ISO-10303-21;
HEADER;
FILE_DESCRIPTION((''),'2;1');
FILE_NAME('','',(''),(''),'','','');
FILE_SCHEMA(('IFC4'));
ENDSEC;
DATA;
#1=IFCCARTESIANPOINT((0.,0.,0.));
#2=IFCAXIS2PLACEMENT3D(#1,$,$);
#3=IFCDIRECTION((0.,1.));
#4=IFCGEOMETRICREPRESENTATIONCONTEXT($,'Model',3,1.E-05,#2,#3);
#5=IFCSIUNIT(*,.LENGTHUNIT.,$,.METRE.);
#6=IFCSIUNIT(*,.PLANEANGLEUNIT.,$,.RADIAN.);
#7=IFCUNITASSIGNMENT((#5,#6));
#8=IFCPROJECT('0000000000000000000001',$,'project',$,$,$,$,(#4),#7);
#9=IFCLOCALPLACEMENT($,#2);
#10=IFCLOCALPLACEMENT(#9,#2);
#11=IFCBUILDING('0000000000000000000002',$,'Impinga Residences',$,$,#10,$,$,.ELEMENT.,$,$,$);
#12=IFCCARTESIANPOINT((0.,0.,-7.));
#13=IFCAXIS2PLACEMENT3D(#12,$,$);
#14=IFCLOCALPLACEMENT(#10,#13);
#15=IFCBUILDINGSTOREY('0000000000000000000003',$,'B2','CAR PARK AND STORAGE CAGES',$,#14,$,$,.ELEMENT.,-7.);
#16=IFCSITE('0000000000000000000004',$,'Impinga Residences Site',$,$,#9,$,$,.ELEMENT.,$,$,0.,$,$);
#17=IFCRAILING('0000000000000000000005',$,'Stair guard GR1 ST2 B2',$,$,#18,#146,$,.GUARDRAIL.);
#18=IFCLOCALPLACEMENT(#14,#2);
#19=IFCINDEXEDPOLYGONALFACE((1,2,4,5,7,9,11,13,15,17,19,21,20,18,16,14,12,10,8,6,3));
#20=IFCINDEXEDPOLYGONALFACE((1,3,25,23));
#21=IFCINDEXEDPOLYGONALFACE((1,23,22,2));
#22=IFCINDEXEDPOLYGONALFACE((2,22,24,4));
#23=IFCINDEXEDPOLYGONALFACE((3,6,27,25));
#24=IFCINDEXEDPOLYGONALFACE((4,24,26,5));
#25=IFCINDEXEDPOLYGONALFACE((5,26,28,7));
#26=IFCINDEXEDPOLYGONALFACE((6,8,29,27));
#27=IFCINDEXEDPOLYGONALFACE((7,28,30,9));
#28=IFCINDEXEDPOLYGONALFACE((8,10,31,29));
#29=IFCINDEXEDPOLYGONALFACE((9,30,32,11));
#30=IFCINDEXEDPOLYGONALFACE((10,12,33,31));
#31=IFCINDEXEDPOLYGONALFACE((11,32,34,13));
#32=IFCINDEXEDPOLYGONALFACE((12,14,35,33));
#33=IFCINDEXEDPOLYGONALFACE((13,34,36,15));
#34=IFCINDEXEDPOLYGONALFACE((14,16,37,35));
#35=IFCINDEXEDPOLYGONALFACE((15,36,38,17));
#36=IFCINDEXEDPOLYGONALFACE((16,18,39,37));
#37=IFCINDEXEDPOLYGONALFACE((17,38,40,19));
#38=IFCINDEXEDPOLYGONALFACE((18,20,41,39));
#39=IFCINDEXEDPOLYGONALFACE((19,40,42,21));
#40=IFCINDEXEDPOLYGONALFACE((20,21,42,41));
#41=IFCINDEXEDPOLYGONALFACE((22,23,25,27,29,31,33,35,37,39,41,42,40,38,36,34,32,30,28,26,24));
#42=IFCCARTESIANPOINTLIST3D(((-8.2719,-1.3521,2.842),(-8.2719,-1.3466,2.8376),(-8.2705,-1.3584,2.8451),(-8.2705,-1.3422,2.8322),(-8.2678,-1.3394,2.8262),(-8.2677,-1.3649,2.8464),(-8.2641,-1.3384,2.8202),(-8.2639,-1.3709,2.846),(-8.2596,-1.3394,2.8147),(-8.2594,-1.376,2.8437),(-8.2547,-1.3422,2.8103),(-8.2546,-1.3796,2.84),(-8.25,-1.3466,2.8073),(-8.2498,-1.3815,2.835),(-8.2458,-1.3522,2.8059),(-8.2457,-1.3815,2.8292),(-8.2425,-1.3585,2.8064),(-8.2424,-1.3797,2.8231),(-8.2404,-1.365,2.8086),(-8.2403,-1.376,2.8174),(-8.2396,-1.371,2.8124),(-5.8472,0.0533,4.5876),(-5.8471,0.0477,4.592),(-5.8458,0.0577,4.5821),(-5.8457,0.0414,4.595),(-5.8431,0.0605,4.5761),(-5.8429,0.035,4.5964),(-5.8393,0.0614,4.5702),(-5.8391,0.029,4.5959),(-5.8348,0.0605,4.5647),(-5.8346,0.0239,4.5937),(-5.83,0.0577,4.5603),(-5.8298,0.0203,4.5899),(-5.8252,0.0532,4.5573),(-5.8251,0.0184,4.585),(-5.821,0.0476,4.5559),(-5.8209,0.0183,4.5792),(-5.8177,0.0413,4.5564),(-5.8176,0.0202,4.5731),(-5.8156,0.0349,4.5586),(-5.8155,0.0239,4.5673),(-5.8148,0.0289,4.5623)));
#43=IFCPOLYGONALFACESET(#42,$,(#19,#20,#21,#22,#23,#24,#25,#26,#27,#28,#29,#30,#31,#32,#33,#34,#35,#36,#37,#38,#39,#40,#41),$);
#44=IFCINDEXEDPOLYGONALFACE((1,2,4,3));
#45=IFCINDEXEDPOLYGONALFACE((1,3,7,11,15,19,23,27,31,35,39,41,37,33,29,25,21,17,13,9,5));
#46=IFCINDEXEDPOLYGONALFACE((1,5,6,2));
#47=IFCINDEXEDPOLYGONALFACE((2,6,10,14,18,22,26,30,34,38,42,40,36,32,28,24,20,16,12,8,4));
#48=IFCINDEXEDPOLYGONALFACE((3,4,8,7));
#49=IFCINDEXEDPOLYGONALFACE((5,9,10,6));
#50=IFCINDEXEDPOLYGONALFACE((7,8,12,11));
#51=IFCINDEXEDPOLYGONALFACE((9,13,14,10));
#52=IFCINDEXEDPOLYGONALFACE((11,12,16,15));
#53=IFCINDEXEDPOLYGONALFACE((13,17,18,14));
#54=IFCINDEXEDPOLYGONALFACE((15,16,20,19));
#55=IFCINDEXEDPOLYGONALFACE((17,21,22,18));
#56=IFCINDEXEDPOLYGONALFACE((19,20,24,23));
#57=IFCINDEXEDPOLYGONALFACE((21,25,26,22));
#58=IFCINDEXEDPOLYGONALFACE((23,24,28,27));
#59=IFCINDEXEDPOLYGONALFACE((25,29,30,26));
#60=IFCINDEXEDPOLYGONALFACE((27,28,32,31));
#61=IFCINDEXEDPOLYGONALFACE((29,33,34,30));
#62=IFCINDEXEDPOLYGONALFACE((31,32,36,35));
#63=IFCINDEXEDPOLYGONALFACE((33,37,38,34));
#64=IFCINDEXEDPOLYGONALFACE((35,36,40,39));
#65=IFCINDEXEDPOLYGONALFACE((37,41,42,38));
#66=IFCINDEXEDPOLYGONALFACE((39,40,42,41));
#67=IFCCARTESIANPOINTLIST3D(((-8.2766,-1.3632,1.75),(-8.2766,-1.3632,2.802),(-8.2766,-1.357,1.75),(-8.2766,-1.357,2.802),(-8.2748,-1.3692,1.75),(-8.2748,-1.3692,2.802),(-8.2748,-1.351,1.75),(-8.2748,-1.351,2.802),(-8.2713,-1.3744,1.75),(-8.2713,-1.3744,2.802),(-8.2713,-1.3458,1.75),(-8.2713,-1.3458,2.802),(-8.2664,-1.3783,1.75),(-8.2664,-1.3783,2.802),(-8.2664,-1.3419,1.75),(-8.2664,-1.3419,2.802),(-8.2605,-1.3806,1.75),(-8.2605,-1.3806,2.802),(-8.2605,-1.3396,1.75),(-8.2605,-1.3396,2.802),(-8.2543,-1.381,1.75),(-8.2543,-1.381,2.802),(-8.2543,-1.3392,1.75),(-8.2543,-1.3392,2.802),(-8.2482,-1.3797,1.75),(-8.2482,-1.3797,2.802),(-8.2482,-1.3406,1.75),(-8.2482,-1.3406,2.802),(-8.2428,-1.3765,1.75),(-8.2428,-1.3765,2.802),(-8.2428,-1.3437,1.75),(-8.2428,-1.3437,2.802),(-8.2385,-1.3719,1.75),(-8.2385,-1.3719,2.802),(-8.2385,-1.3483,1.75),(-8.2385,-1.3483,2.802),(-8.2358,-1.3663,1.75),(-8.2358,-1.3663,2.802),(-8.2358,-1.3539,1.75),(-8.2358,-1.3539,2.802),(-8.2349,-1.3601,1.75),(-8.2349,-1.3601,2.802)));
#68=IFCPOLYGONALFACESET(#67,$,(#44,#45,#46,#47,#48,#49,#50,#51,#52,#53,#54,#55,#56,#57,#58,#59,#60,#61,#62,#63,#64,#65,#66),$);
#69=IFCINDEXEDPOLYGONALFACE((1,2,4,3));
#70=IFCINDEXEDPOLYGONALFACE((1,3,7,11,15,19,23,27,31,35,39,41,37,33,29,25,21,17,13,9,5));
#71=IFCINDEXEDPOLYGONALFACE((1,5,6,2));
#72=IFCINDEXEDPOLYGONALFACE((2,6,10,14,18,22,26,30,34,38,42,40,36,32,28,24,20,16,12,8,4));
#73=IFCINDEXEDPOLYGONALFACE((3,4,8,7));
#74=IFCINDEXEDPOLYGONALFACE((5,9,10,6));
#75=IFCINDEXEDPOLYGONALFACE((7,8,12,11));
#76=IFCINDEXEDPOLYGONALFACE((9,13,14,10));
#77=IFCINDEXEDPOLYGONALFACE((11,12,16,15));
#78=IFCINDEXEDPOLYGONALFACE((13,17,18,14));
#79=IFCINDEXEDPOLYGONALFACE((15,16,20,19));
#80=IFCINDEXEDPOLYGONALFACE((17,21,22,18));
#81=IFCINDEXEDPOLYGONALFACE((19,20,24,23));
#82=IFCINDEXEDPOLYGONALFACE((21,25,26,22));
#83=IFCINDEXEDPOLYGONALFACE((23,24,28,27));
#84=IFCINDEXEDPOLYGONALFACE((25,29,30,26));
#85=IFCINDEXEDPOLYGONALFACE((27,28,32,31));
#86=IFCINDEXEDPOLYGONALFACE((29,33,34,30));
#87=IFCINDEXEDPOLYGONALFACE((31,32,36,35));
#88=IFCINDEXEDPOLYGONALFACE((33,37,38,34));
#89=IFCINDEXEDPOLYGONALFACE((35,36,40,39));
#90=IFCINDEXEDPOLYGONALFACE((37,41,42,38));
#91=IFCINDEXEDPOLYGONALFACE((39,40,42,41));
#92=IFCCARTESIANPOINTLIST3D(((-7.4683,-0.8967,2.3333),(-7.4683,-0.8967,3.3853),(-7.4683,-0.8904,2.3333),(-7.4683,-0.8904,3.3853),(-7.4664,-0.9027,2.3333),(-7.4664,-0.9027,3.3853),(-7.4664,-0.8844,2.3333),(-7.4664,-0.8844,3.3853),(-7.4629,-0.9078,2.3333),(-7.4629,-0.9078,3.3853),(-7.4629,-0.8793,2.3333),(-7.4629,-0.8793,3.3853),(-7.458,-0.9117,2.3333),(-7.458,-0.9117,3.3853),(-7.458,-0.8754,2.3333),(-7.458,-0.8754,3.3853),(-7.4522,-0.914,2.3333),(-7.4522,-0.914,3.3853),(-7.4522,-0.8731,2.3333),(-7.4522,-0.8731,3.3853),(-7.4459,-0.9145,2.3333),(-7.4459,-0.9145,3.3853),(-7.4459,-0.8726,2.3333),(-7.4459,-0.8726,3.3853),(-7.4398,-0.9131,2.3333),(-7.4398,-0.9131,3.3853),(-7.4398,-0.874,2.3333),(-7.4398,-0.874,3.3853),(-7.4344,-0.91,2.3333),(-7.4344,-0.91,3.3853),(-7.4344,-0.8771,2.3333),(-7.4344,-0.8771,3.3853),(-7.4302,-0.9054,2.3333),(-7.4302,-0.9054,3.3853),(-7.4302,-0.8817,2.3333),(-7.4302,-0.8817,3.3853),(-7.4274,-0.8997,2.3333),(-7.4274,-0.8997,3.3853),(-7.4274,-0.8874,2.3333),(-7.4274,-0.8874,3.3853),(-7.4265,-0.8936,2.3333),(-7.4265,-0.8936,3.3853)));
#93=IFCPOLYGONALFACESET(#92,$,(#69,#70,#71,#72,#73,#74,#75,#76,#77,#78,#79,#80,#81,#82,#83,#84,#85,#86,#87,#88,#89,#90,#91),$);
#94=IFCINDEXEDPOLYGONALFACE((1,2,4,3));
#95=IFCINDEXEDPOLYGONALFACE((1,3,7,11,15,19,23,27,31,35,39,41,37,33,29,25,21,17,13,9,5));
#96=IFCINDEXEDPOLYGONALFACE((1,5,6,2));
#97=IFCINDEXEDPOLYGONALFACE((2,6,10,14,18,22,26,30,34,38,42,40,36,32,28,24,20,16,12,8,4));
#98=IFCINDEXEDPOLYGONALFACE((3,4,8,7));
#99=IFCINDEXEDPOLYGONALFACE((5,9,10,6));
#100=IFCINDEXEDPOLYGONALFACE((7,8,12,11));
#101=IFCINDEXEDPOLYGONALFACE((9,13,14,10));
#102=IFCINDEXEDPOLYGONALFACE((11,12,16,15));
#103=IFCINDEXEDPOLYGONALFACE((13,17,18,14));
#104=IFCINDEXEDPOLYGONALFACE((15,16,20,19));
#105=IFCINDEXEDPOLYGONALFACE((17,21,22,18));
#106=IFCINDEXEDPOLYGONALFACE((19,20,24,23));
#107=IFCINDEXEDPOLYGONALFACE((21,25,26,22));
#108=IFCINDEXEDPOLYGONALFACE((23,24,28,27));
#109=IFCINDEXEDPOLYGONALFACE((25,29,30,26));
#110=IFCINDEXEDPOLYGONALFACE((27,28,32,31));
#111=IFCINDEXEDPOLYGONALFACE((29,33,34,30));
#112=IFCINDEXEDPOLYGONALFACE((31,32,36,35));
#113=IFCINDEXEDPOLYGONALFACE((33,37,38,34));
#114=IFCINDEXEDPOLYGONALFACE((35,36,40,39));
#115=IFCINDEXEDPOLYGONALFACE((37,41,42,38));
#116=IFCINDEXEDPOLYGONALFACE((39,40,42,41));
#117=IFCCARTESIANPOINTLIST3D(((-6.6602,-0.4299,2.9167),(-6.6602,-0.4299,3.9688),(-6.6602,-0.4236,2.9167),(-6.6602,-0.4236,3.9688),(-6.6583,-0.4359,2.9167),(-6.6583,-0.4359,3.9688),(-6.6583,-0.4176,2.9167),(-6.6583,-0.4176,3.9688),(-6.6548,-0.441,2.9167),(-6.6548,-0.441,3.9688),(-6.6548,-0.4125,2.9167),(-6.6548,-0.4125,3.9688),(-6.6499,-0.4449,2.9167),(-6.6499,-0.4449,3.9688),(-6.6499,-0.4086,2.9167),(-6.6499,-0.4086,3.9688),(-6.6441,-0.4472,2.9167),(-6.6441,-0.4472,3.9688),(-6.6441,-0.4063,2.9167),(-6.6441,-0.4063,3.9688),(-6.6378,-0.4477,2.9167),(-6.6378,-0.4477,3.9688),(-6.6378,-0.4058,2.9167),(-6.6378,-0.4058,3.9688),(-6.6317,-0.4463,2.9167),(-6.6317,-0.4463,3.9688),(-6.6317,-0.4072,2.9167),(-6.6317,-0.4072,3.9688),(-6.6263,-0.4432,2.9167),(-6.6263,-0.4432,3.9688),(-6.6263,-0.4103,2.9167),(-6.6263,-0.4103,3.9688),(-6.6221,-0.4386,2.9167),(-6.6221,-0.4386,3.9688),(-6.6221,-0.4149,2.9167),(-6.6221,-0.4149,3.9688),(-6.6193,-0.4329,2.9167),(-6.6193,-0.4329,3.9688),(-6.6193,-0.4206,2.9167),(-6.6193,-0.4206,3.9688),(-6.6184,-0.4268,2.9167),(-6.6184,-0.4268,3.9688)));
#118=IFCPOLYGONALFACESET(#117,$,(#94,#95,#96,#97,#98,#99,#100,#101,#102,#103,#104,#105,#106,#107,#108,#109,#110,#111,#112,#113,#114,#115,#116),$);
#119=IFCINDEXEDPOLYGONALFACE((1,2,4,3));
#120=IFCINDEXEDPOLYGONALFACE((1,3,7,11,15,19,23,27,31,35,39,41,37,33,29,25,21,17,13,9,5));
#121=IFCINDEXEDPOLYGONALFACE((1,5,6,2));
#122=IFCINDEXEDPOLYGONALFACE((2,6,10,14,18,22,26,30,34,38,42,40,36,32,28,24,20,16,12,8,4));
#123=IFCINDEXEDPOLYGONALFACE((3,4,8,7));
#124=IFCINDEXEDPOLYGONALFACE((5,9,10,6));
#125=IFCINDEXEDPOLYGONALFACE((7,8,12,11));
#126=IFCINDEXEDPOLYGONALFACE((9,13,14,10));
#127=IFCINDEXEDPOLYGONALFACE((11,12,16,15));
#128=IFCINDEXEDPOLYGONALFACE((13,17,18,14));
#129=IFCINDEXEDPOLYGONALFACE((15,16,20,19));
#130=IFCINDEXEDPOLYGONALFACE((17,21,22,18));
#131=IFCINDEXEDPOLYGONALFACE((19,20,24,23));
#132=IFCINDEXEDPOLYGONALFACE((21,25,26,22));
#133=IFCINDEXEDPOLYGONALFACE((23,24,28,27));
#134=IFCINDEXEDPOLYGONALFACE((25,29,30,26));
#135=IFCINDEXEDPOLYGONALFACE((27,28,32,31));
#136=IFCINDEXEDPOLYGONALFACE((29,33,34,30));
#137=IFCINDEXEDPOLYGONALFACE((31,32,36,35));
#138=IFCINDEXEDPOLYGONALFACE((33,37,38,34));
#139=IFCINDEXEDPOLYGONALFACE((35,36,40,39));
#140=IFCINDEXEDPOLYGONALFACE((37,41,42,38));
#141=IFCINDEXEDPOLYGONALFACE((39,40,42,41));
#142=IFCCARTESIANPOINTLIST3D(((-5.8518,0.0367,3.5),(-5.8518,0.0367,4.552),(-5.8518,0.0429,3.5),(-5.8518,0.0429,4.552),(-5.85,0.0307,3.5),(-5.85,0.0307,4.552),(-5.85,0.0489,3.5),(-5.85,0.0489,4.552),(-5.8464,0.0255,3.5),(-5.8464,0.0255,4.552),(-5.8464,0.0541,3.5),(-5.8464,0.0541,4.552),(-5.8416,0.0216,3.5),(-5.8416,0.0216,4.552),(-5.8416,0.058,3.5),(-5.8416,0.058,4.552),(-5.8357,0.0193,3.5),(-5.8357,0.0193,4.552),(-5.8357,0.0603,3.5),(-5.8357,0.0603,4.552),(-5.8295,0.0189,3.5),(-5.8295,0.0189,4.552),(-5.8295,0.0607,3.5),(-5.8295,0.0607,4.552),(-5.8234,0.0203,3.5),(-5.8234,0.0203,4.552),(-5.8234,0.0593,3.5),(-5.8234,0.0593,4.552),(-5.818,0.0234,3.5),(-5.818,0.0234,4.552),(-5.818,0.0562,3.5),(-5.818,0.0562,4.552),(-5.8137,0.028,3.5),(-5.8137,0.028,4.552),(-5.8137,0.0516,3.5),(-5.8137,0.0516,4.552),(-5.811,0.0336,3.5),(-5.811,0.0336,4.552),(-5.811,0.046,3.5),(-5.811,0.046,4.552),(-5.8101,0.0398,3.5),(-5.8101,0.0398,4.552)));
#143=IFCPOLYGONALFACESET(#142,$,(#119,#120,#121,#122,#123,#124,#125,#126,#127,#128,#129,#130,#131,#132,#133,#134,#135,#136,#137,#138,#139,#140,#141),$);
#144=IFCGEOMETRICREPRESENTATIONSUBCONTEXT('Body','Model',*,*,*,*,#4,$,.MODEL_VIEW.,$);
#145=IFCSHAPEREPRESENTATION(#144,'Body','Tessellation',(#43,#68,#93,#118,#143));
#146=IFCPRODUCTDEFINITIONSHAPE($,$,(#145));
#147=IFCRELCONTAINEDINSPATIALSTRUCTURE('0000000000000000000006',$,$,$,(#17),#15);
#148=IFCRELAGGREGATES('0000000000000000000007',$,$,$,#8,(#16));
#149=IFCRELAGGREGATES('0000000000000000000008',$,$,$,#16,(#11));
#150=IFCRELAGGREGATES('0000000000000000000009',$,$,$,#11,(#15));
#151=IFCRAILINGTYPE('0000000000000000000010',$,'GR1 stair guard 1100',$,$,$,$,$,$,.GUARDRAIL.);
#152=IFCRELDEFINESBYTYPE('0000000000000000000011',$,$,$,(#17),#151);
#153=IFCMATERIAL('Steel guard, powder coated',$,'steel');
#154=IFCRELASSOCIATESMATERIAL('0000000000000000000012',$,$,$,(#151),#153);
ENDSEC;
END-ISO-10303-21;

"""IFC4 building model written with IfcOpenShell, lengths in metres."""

from ifc_helpers import new_model, si_unit, direction, frame, origin, origin_2d, place, context, subcontext, project, spatial, circle, extrude, material, type_object, element, save


model = new_model("IFC4")

# Units and contexts
model_context = context("Model", 3, precision=1e-05, world=origin(), true_north=direction((0.0, 1.0)))
body_context = subcontext(model_context, "Body", "Model", "MODEL_VIEW")
ifc_project = project(units=[si_unit("LENGTHUNIT", "METRE"), si_unit("PLANEANGLEUNIT", "RADIAN")], contexts=[model_context])

# Site, building, storey
site_placement = place(None, origin())
site = spatial("IfcSite", under=ifc_project, at=site_placement, Name="Impinga Residences Site", CompositionType="ELEMENT", RefElevation=0.0)
building_placement = place(site_placement, origin())
building = spatial("IfcBuilding", under=site, at=building_placement, Name="Impinga Residences", CompositionType="ELEMENT")
storey_placement = place(building_placement, frame((0.0, 0.0, -7.0)))
storey = spatial("IfcBuildingStorey", under=building, at=storey_placement, Name="B2", Description="CAR PARK AND STORAGE CAGES", CompositionType="ELEMENT", Elevation=-7.0)

# Railing
ifc_material_1 = material(Name="Steel guard, powder coated", Category="steel")
railing_type_1 = type_object("IfcRailingType", Name="GR1 stair guard 1100", PredefinedType="GUARDRAIL", material=ifc_material_1)
railing_1_placement = place(storey_placement, frame((-8.2559, -1.3601, 1.75)))
element("IfcRailing", 1, at=railing_1_placement, inside=storey, type_object=railing_type_1, Name="Stair guard GR1 ST2 B2", PredefinedType="GUARDRAIL", context=body_context, shape_type="SweptSolid", body=[
    extrude(circle(Radius=0.0239, at=origin_2d()), frame((0.0, 0.0, 1.0762), z_axis=(0.734388, 0.423981, 0.530013), x_axis=(-0.499984, 0.866035, 0.0)), (0.0, 0.0, 1.0), 3.3018),
    extrude(circle(Radius=0.021, at=origin_2d()), origin(), (0.0, 0.0, 1.0), 1.052),
    extrude(circle(Radius=0.021, at=origin_2d()), frame((0.8083, 0.4666, 0.5833)), (0.0, 0.0, 1.0), 1.052),
    extrude(circle(Radius=0.021, at=origin_2d()), frame((1.6165, 0.9333, 1.1667)), (0.0, 0.0, 1.0), 1.052),
    extrude(circle(Radius=0.021, at=origin_2d()), frame((2.4248, 1.3999, 1.75)), (0.0, 0.0, 1.0), 1.052),
])

save(model, "model.ifc")
